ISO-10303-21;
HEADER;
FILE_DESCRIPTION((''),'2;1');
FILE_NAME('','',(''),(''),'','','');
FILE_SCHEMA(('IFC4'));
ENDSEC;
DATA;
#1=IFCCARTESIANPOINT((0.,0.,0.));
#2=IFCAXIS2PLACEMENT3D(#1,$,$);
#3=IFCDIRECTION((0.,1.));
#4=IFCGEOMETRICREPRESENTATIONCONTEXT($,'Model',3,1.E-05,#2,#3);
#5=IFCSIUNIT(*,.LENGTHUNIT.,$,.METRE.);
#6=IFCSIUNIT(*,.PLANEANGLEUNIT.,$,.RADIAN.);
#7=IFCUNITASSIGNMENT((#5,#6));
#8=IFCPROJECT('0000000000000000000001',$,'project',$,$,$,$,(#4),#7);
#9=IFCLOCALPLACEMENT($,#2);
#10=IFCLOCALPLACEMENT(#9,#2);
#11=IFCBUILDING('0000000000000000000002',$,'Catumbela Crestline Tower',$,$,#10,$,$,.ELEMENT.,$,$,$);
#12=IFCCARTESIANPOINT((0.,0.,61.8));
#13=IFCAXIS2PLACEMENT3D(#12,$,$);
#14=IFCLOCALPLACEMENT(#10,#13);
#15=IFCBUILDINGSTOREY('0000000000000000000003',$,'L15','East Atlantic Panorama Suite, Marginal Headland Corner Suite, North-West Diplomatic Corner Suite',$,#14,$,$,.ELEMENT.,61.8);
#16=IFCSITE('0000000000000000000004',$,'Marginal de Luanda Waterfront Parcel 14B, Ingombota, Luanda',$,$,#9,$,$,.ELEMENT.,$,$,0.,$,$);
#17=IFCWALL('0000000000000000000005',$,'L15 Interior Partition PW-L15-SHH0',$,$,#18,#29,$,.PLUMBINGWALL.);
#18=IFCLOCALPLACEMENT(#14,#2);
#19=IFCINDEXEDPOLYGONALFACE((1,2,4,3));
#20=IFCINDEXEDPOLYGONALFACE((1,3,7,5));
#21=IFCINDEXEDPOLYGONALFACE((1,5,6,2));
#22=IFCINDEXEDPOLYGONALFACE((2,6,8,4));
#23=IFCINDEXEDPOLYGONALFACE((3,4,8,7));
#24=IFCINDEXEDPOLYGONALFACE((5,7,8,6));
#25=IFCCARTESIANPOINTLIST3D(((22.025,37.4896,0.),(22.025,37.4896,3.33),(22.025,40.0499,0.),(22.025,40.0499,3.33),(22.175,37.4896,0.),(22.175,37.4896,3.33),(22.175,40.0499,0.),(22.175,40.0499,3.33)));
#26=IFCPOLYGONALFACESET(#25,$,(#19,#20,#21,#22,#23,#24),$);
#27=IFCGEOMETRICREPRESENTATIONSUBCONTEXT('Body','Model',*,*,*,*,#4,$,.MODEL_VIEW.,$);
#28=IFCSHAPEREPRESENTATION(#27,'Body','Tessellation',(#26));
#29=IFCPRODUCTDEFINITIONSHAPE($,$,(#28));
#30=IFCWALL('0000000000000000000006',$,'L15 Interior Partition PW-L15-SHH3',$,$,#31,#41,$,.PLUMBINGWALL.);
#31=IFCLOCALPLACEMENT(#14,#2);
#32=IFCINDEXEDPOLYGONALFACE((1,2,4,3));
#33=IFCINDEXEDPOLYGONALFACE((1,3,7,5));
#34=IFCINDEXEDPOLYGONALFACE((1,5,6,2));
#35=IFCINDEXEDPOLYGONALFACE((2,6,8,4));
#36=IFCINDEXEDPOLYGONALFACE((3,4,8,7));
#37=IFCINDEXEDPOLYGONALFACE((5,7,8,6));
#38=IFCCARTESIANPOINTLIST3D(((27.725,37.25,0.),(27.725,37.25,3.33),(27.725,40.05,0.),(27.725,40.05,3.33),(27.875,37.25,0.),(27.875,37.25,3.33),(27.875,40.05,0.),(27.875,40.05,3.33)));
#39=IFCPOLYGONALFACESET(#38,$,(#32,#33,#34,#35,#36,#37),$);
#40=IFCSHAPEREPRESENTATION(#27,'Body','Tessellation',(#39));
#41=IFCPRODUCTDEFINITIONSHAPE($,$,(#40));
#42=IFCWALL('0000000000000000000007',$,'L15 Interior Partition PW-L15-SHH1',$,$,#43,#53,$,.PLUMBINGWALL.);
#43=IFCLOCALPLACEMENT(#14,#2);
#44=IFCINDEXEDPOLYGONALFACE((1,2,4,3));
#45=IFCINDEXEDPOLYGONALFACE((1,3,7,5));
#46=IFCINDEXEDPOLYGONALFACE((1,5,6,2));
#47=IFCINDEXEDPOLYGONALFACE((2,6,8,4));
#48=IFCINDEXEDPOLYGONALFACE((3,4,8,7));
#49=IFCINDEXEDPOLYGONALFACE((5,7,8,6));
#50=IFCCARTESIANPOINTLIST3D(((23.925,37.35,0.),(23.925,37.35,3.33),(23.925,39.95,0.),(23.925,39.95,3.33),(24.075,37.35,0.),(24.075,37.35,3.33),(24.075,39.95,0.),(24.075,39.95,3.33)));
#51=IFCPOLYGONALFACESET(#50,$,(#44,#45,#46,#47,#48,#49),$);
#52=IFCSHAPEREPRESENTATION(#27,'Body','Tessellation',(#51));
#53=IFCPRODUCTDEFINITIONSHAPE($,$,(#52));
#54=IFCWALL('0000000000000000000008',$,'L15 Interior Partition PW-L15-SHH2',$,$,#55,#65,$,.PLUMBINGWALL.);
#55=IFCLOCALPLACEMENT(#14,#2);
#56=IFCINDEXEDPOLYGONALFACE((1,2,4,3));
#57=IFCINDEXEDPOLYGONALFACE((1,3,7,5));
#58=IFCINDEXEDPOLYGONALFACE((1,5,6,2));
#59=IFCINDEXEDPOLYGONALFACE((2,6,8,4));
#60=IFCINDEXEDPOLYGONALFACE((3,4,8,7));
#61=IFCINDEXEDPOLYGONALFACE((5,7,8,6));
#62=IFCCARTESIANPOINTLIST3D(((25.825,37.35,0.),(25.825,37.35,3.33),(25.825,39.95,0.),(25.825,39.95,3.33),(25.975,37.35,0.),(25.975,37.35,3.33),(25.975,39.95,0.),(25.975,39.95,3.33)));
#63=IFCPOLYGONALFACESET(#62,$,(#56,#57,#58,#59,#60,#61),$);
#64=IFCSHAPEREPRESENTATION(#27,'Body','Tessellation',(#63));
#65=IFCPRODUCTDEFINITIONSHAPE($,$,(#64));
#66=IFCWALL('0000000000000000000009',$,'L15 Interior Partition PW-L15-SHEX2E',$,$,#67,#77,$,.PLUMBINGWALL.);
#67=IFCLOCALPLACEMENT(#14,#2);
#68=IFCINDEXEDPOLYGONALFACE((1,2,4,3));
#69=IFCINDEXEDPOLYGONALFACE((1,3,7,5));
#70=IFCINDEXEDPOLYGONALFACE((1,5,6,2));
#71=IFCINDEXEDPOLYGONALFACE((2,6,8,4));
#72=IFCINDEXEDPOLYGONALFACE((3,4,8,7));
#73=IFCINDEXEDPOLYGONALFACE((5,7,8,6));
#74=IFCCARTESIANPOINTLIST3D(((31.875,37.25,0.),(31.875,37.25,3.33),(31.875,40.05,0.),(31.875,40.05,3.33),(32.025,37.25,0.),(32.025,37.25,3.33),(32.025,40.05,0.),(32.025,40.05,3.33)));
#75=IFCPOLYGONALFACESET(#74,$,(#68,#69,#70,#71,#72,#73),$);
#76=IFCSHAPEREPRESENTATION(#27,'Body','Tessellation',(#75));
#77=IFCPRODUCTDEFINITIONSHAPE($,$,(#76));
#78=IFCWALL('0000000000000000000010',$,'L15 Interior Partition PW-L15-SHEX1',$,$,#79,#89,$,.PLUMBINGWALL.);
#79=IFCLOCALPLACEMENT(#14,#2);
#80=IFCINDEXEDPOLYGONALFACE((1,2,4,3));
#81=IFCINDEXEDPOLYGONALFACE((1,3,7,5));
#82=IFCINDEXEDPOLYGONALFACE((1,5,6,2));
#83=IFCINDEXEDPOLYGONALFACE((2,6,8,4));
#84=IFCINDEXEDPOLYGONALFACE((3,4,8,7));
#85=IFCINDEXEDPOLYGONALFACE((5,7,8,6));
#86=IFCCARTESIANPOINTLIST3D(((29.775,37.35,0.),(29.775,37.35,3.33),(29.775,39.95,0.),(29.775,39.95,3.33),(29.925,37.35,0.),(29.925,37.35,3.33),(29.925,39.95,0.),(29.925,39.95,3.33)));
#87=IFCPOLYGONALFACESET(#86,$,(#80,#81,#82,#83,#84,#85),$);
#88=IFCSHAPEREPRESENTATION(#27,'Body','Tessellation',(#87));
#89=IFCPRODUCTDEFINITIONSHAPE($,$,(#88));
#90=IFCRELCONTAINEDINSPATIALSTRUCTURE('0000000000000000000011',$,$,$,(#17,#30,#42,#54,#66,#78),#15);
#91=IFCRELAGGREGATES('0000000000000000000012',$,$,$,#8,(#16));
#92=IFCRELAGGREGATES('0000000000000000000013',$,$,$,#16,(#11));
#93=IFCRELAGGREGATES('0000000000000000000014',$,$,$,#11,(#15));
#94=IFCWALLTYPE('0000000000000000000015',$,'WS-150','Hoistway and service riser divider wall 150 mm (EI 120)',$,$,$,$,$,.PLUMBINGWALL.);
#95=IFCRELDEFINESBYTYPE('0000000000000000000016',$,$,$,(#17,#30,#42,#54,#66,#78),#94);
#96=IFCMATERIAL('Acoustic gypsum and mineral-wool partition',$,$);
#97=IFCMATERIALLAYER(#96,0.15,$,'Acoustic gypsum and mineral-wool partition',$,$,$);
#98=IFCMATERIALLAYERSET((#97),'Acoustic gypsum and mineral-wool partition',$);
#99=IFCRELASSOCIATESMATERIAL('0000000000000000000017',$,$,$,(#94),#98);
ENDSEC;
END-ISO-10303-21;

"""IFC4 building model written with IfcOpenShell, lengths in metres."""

from ifc_helpers import new_model, si_unit, direction, frame, frame_2d, origin, place, context, subcontext, project, spatial, rectangle, extrude, material, layer, layer_set, type_object, element, save


model = new_model("IFC4")

# Units and contexts
model_context = context("Model", 3, precision=1e-05, world=origin(), true_north=direction((0.0, 1.0)))
body_context = subcontext(model_context, "Body", "Model", "MODEL_VIEW")
ifc_project = project(units=[si_unit("LENGTHUNIT", "METRE"), si_unit("PLANEANGLEUNIT", "RADIAN")], contexts=[model_context])

# Site, building, storey
site_placement = place(None, origin())
site = spatial("IfcSite", under=ifc_project, at=site_placement, Name="Marginal de Luanda Waterfront Parcel 14B, Ingombota, Luanda", CompositionType="ELEMENT", RefElevation=0.0)
building_placement = place(site_placement, origin())
building = spatial("IfcBuilding", under=site, at=building_placement, Name="Catumbela Crestline Tower", CompositionType="ELEMENT")
storey_placement = place(building_placement, frame((0.0, 0.0, 61.8)))
storey = spatial("IfcBuildingStorey", under=building, at=storey_placement, Name="L15", Description="East Atlantic Panorama Suite, Marginal Headland Corner Suite, North-West Diplomatic Corner Suite", CompositionType="ELEMENT", Elevation=61.8)

# Walls
ifc_material_1 = material(Name="Acoustic gypsum and mineral-wool partition")
ifc_layer_1 = layer(ifc_material_1, 0.15, Name="Acoustic gypsum and mineral-wool partition")
ifc_layer_set_1 = layer_set([ifc_layer_1], Name="Acoustic gypsum and mineral-wool partition")
wall_type_1 = type_object("IfcWallType", Name="WS-150", Description="Hoistway and service riser divider wall 150 mm (EI 120)", PredefinedType="PLUMBINGWALL", material=ifc_layer_set_1)
wall_1_placement = place(storey_placement, frame((22.1, 37.4897, 0.0), z_axis=(0.0, 0.0, 1.0), x_axis=(0.0, 1.0, 0.0)))
element("IfcWall", 1, at=wall_1_placement, inside=storey, type_object=wall_type_1, Name="L15 Interior Partition PW-L15-SHH0", PredefinedType="PLUMBINGWALL", context=body_context, shape_type="SweptSolid", body=[
    extrude(rectangle(XDim=2.5603, YDim=0.15, at=frame_2d((1.2801, 0.0))), origin(), (0.0, 0.0, 1.0), 3.33),
])
wall_2_placement = place(storey_placement, frame((27.8, 37.25, 0.0), z_axis=(0.0, 0.0, 1.0), x_axis=(0.0, 1.0, 0.0)))
element("IfcWall", 2, at=wall_2_placement, inside=storey, type_object=wall_type_1, Name="L15 Interior Partition PW-L15-SHH3", PredefinedType="PLUMBINGWALL", context=body_context, shape_type="SweptSolid", body=[
    extrude(rectangle(XDim=2.8, YDim=0.15, at=frame_2d((1.4, 0.0))), origin(), (0.0, 0.0, 1.0), 3.33),
])
for number, where, z_axis, x_axis, name in (
    (3, (24.0, 37.35, 0.0), (0.0, 0.0, 1.0), (0.0, 1.0, 0.0), "L15 Interior Partition PW-L15-SHH1"),
    (4, (25.9, 37.35, 0.0), (0.0, 0.0, 1.0), (0.0, 1.0, 0.0), "L15 Interior Partition PW-L15-SHH2"),
):
    element("IfcWall", number, at=place(storey_placement, frame(where, z_axis=z_axis, x_axis=x_axis)), inside=storey, type_object=wall_type_1, Name=name, PredefinedType="PLUMBINGWALL", context=body_context, shape_type="SweptSolid", body=[
        extrude(rectangle(XDim=2.6, YDim=0.15, at=frame_2d((1.3, 0.0))), origin(), (0.0, 0.0, 1.0), 3.33),
    ])
wall_3_placement = place(storey_placement, frame((31.95, 37.25, 0.0), z_axis=(0.0, 0.0, 1.0), x_axis=(0.0, 1.0, 0.0)))
element("IfcWall", 5, at=wall_3_placement, inside=storey, type_object=wall_type_1, Name="L15 Interior Partition PW-L15-SHEX2E", PredefinedType="PLUMBINGWALL", context=body_context, shape_type="SweptSolid", body=[
    extrude(rectangle(XDim=2.8, YDim=0.15, at=frame_2d((1.4, 0.0))), origin(), (0.0, 0.0, 1.0), 3.33),
])
wall_4_placement = place(storey_placement, frame((29.85, 37.35, 0.0), z_axis=(0.0, 0.0, 1.0), x_axis=(0.0, 1.0, 0.0)))
element("IfcWall", 6, at=wall_4_placement, inside=storey, type_object=wall_type_1, Name="L15 Interior Partition PW-L15-SHEX1", PredefinedType="PLUMBINGWALL", context=body_context, shape_type="SweptSolid", body=[
    extrude(rectangle(XDim=2.6, YDim=0.15, at=frame_2d((1.3, 0.0))), origin(), (0.0, 0.0, 1.0), 3.33),
])

save(model, "model.ifc")
